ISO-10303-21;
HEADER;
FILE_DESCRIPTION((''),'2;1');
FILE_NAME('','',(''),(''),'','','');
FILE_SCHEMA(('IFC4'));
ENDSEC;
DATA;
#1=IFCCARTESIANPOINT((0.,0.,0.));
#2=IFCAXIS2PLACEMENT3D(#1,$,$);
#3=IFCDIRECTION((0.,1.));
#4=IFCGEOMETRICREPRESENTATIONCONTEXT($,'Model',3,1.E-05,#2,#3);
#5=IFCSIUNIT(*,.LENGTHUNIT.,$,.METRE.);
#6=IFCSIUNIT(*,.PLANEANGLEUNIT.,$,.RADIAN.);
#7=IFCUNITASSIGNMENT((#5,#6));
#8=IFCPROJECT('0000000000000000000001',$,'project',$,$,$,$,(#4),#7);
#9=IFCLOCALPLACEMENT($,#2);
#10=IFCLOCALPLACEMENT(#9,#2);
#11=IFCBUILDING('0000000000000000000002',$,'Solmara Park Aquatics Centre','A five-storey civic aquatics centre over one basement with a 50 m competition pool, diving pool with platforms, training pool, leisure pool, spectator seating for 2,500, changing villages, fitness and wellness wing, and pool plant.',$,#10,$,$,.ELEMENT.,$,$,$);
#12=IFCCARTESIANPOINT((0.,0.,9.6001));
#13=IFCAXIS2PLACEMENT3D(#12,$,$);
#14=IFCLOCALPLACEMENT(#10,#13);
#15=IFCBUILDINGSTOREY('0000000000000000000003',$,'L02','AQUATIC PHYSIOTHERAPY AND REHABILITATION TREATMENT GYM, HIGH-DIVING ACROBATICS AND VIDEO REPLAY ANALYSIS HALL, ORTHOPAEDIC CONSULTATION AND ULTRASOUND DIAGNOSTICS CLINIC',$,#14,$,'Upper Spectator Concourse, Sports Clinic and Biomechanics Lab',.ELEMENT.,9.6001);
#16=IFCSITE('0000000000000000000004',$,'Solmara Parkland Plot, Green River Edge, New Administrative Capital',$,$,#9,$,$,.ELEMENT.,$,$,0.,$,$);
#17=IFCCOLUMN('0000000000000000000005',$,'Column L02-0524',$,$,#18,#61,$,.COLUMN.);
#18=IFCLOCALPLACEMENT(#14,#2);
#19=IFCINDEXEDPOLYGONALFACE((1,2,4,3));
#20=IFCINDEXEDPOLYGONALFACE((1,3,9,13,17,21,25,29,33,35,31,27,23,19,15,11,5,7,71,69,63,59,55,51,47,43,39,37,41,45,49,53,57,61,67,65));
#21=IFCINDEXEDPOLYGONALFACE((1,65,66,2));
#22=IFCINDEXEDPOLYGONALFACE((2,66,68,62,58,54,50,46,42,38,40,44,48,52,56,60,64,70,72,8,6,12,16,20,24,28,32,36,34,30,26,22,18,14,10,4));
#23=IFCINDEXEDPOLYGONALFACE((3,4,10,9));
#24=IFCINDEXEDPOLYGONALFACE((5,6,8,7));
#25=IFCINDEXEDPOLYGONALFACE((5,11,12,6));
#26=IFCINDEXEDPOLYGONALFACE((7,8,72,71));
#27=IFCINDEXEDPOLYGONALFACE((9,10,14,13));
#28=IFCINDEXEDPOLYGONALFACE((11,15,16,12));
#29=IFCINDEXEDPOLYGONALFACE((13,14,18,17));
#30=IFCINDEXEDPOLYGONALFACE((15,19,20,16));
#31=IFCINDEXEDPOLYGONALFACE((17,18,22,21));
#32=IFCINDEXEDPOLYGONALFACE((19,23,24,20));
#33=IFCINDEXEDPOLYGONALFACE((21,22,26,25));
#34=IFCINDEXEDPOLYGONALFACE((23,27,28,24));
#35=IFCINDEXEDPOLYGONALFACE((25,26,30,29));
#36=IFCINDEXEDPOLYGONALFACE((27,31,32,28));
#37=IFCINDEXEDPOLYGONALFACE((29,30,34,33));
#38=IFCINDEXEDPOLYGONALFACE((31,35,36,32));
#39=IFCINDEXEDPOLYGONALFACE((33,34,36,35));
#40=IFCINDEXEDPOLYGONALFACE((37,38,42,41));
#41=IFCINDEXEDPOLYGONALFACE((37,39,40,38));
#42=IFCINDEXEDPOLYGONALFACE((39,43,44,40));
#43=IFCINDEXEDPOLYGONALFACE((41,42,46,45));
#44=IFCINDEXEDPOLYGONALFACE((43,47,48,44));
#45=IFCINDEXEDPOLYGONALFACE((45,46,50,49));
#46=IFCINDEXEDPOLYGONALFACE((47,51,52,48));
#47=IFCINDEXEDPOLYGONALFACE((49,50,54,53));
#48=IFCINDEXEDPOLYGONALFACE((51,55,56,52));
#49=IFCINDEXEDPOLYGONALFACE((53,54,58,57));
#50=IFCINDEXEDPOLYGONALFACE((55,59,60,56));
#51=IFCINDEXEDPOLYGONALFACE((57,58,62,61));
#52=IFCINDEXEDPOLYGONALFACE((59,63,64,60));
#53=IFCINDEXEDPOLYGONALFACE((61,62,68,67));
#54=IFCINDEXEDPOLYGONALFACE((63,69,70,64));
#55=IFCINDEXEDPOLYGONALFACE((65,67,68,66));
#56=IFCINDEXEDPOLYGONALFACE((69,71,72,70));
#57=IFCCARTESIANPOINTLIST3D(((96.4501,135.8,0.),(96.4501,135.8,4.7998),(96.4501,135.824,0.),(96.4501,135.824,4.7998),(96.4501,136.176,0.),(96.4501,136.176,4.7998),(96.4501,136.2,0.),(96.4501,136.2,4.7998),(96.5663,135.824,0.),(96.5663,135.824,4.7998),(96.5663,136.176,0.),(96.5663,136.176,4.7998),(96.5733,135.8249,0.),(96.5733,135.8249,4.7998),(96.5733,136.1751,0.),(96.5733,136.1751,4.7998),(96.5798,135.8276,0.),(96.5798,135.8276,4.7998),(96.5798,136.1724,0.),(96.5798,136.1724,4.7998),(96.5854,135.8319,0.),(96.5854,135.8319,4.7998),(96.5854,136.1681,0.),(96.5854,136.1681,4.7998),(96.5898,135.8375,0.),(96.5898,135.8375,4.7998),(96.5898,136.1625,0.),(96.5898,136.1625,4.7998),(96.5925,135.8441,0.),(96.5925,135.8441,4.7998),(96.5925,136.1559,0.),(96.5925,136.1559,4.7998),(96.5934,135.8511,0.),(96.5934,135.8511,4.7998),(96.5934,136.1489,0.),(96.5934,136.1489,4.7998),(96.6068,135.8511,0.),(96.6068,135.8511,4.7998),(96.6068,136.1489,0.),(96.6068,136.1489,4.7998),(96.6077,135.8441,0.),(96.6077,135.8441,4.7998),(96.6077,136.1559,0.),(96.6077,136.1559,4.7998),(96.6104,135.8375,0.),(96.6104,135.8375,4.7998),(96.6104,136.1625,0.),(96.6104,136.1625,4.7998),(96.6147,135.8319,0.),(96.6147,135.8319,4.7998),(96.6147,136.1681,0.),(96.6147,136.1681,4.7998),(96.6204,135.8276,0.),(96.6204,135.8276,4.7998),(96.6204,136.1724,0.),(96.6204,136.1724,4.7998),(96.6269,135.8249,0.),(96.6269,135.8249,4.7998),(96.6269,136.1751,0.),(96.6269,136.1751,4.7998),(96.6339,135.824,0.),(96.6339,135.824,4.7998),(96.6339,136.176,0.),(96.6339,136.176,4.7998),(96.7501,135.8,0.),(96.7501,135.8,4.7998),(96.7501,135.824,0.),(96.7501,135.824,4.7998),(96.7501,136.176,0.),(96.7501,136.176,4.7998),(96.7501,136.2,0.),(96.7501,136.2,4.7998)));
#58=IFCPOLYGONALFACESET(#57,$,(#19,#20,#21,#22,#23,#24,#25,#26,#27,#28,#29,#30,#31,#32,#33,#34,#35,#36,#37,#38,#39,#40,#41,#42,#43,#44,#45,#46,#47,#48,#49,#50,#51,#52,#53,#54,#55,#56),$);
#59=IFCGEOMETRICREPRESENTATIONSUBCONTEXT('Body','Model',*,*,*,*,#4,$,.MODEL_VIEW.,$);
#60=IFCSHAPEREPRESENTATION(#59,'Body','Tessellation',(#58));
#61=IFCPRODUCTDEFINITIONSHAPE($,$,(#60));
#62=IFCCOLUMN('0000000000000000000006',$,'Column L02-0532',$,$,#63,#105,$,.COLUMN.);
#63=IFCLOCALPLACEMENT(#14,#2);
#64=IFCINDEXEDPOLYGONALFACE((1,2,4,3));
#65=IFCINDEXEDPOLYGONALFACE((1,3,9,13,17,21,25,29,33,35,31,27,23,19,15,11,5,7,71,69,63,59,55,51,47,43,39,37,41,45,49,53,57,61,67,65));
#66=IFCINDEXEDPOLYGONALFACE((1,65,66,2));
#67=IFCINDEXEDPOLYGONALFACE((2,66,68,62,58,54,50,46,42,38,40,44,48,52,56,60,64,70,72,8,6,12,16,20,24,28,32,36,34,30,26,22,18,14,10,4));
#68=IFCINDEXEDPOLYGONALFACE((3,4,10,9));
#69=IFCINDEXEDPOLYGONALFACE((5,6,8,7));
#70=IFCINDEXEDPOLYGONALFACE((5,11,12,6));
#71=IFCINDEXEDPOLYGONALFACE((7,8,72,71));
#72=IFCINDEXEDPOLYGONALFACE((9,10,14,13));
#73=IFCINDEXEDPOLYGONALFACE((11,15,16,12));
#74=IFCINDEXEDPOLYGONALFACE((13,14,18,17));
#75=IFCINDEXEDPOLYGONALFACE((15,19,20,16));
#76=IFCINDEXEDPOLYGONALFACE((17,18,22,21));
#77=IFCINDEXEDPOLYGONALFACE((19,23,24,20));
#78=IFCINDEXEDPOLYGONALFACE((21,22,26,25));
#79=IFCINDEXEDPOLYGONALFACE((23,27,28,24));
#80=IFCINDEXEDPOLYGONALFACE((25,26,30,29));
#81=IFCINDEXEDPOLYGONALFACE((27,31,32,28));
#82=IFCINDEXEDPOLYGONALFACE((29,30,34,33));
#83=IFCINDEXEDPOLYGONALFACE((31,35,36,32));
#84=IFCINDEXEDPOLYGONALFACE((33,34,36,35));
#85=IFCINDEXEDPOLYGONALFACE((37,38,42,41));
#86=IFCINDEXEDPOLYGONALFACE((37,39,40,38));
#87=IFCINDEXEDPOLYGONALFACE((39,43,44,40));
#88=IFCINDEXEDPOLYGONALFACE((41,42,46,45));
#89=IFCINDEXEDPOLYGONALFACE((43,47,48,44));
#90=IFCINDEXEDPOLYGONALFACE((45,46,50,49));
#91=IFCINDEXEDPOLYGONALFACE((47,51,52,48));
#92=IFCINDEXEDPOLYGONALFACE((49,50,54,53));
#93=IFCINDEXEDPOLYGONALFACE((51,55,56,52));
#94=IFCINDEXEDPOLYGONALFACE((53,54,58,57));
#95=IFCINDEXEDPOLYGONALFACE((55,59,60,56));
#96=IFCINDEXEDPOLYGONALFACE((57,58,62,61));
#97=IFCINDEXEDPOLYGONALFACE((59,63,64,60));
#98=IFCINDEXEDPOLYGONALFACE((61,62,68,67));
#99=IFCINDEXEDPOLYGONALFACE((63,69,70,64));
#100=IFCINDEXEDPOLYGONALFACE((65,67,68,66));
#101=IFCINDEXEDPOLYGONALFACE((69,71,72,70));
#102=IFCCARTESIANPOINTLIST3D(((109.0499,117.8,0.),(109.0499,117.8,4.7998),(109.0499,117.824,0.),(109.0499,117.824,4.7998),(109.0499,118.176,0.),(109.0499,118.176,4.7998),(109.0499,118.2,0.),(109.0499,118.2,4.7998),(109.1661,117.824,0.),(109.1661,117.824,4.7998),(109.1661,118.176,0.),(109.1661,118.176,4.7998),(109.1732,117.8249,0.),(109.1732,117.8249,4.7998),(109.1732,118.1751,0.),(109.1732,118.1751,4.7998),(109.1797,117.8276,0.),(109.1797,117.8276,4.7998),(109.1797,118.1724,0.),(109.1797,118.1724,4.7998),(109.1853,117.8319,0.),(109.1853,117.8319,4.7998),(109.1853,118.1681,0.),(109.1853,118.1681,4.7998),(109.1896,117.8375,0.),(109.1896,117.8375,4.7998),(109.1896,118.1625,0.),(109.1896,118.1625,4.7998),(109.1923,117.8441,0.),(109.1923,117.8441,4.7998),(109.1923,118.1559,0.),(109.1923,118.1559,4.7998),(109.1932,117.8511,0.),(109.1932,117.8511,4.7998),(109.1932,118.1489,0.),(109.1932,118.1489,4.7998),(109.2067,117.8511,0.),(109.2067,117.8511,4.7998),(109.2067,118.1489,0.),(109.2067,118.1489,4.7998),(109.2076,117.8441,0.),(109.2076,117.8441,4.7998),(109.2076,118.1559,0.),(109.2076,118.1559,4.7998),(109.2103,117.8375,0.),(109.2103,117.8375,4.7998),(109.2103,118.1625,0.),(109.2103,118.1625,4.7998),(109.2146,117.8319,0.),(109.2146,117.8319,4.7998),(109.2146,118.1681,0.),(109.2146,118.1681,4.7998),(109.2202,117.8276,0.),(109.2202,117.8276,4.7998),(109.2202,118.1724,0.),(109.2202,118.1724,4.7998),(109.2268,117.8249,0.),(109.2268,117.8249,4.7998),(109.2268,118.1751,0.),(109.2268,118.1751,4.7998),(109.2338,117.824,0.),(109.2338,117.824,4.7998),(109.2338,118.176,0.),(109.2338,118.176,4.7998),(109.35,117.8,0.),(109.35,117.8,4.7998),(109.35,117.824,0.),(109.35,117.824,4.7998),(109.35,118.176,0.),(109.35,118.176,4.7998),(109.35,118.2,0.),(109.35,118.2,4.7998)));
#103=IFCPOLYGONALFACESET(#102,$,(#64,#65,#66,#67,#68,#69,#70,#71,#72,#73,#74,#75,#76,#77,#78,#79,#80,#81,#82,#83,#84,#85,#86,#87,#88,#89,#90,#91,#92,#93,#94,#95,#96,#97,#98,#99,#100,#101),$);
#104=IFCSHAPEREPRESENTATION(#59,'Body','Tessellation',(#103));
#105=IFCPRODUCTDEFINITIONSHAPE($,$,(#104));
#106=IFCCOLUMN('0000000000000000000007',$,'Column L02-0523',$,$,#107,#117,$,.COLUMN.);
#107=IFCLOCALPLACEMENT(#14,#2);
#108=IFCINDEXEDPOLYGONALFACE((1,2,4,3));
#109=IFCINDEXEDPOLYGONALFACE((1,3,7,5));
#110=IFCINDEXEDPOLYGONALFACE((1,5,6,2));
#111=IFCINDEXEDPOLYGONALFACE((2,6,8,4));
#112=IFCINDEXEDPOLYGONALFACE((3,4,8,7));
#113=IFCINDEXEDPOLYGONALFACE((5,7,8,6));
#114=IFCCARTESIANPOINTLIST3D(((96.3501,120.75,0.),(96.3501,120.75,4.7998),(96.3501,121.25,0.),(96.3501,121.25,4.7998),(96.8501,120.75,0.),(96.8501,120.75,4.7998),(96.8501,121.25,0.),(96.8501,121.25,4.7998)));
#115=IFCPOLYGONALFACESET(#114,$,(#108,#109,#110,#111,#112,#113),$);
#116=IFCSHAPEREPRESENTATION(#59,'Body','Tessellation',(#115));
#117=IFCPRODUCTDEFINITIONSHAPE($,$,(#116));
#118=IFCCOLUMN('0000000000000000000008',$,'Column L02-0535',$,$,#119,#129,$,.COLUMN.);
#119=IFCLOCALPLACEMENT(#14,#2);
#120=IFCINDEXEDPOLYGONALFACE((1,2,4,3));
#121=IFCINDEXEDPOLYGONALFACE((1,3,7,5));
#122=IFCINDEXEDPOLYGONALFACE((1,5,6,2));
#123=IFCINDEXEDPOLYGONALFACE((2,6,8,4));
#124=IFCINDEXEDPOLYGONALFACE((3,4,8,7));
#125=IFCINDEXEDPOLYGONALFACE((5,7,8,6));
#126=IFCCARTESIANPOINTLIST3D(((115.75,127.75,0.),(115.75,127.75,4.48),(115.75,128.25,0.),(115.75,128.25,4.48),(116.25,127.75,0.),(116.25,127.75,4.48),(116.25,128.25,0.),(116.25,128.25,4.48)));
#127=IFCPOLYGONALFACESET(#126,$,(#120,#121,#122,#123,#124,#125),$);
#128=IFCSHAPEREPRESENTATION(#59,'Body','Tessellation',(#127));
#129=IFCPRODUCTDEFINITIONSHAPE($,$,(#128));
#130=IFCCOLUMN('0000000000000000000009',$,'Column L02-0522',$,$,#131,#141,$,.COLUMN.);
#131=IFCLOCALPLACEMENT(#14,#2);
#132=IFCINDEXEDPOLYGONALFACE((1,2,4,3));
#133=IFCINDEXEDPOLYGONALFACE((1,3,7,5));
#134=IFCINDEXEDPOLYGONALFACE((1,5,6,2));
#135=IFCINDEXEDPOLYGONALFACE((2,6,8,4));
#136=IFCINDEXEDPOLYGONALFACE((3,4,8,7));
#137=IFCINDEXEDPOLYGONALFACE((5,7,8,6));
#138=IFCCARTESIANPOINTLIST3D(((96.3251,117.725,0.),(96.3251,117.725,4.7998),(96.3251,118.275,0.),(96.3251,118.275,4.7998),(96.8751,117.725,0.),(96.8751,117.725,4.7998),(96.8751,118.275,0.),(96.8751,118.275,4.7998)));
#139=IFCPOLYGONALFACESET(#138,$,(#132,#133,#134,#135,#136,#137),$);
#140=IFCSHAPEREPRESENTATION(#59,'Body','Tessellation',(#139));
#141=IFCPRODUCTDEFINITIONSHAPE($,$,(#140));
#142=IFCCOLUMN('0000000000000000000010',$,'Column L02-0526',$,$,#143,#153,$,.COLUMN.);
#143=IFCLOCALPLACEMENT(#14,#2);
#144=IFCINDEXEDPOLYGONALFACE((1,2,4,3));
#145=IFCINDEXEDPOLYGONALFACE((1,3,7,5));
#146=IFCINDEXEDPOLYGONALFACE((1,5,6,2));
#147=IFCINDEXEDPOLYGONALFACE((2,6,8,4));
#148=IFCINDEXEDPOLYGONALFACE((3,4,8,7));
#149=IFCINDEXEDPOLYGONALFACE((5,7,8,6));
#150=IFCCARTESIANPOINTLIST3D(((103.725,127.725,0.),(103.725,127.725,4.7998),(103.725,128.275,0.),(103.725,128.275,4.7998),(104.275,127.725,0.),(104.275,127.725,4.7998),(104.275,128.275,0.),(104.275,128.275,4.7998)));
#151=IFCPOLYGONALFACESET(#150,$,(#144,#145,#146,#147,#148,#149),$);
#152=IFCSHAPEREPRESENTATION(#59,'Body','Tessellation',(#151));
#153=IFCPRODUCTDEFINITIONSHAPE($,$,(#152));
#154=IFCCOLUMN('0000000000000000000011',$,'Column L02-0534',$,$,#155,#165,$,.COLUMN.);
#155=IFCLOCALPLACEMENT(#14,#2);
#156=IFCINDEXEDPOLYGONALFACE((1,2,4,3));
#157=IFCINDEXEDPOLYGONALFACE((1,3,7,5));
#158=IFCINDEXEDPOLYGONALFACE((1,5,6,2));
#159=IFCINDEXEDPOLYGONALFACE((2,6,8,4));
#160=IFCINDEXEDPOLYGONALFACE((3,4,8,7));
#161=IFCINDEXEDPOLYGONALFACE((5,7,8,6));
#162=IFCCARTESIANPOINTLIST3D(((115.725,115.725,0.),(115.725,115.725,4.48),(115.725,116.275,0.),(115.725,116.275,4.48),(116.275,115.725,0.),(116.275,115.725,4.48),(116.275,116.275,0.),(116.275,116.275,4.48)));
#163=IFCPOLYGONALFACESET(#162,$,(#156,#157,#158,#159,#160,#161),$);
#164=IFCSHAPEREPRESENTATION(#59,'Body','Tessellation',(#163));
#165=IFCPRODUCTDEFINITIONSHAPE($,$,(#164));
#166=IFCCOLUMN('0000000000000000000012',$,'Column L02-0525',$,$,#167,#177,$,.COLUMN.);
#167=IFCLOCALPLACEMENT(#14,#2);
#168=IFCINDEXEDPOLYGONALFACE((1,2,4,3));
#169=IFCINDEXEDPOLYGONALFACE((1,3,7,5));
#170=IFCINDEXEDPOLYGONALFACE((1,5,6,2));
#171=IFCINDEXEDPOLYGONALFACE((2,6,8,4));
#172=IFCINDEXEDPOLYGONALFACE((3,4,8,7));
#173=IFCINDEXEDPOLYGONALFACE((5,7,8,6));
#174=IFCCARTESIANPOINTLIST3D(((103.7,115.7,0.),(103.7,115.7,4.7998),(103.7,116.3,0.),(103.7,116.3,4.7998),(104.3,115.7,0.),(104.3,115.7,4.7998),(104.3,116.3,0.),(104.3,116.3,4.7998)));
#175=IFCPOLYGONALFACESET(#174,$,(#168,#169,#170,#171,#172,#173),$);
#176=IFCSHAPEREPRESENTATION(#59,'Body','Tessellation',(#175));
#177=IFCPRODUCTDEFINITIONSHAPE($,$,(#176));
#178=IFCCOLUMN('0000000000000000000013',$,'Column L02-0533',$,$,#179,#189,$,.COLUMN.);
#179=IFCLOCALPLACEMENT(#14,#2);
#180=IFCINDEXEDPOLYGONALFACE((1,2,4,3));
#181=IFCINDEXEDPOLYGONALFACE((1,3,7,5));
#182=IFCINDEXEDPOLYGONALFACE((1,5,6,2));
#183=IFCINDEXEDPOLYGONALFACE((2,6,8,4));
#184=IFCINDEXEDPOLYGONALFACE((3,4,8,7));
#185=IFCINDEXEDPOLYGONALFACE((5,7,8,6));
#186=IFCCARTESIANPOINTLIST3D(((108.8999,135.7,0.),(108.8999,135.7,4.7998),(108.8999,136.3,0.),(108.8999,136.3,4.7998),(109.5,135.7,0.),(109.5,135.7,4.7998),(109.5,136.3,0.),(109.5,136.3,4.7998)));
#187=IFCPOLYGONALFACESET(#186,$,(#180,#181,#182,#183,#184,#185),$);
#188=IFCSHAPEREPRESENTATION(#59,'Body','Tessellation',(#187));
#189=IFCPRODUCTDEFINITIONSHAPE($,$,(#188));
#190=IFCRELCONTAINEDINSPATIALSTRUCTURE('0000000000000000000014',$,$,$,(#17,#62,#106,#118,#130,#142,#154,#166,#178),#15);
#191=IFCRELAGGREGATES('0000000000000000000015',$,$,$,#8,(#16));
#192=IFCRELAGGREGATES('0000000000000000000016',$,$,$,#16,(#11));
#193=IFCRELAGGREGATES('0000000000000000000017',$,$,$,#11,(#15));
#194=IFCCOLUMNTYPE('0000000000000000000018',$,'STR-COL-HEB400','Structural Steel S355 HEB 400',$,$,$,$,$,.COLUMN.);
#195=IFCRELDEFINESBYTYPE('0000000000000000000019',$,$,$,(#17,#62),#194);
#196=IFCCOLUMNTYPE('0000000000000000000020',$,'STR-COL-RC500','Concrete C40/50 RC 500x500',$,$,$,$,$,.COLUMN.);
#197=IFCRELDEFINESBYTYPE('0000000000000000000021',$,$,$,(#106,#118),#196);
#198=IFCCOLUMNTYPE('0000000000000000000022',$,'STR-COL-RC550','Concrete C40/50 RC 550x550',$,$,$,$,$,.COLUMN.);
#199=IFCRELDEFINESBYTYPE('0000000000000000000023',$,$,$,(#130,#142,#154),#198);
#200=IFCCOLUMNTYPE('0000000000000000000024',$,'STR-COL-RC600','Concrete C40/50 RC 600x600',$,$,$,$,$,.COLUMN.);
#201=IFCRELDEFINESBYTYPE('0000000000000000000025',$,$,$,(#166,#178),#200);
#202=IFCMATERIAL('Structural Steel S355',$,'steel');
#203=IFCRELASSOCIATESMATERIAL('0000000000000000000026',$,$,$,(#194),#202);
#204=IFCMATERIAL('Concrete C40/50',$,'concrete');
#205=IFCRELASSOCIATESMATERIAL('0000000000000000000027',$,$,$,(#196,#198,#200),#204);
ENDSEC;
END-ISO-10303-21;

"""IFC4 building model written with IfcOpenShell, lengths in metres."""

from ifc_helpers import new_model, si_unit, direction, frame, origin, origin_2d, place, context, subcontext, project, spatial, rectangle, i_section, extrude, material, material_profile, profile_set, type_object, element, save


model = new_model("IFC4")

# Units and contexts
model_context = context("Model", 3, precision=1e-05, world=origin(), true_north=direction((0.0, 1.0)))
body_context = subcontext(model_context, "Body", "Model", "MODEL_VIEW")
ifc_project = project(units=[si_unit("LENGTHUNIT", "METRE"), si_unit("PLANEANGLEUNIT", "RADIAN")], contexts=[model_context])

# Site, building, storey
site_placement = place(None, origin())
site = spatial("IfcSite", under=ifc_project, at=site_placement, Name="Solmara Parkland Plot, Green River Edge, New Administrative Capital", CompositionType="ELEMENT", RefElevation=0.0)
building_placement = place(site_placement, origin())
building = spatial("IfcBuilding", under=site, at=building_placement, Name="Solmara Park Aquatics Centre", Description="A five-storey civic aquatics centre over one basement with a 50 m competition pool, diving pool with platforms, training pool, leisure pool, spectator seating for 2,500, changing villages, fitness and wellness wing, and pool plant.", CompositionType="ELEMENT")
storey_placement = place(building_placement, frame((0.0, 0.0, 9.6001)))
storey = spatial("IfcBuildingStorey", under=building, at=storey_placement, Name="L02", Description="AQUATIC PHYSIOTHERAPY AND REHABILITATION TREATMENT GYM, HIGH-DIVING ACROBATICS AND VIDEO REPLAY ANALYSIS HALL, ORTHOPAEDIC CONSULTATION AND ULTRASOUND DIAGNOSTICS CLINIC", LongName="Upper Spectator Concourse, Sports Clinic and Biomechanics Lab", CompositionType="ELEMENT", Elevation=9.6001)

# Columns
ifc_material_1 = material(Name="Structural Steel S355", Category="steel")
ifc_material_profile_1 = material_profile(ifc_material_1, i_section(OverallWidth=0.3, OverallDepth=0.3999, WebThickness=0.0134, FlangeThickness=0.0239, FilletRadius=0.0271, at=origin_2d()), Name="HEB 400")
ifc_profile_set_1 = profile_set([ifc_material_profile_1], Name="Structural Steel S355")
column_type_1 = type_object("IfcColumnType", Name="STR-COL-HEB400", Description="Structural Steel S355 HEB 400", PredefinedType="COLUMN", material=ifc_profile_set_1)
for number, where, z_axis, x_axis, name in (
    (1, (96.6001, 136.0, 0.0), (0.0, 0.0, 1.0), (1.0, 0.0, 0.0), "Column L02-0524"),
    (2, (109.2, 118.0, 0.0), (0.0, 0.0, 1.0), (1.0, 0.0, 0.0), "Column L02-0532"),
):
    element("IfcColumn", number, at=place(storey_placement, frame(where, z_axis=z_axis, x_axis=x_axis)), inside=storey, type_object=column_type_1, Name=name, PredefinedType="COLUMN", context=body_context, shape_type="SweptSolid", body=[
        extrude(i_section(OverallWidth=0.3, OverallDepth=0.3999, WebThickness=0.0134, FlangeThickness=0.0239, FilletRadius=0.0271, at=origin_2d()), origin(), (0.0, 0.0, 1.0), 4.7998),
    ])
ifc_material_2 = material(Name="Concrete C40/50", Category="concrete")
ifc_material_profile_2 = material_profile(ifc_material_2, rectangle(XDim=0.5, YDim=0.5, at=origin_2d()), Name="RC 500x500")
ifc_profile_set_2 = profile_set([ifc_material_profile_2], Name="Concrete C40/50")
column_type_2 = type_object("IfcColumnType", Name="STR-COL-RC500", Description="Concrete C40/50 RC 500x500", PredefinedType="COLUMN", material=ifc_profile_set_2)
column_1_placement = place(storey_placement, frame((96.6001, 121.0, 0.0), z_axis=(0.0, 0.0, 1.0), x_axis=(1.0, 0.0, 0.0)))
element("IfcColumn", 3, at=column_1_placement, inside=storey, type_object=column_type_2, Name="Column L02-0523", PredefinedType="COLUMN", context=body_context, shape_type="SweptSolid", body=[
    extrude(rectangle(XDim=0.5, YDim=0.5, at=origin_2d()), origin(), (0.0, 0.0, 1.0), 4.7998),
])
column_2_placement = place(storey_placement, frame((116.0, 128.0, 0.0), z_axis=(0.0, 0.0, 1.0), x_axis=(1.0, 0.0, 0.0)))
element("IfcColumn", 4, at=column_2_placement, inside=storey, type_object=column_type_2, Name="Column L02-0535", PredefinedType="COLUMN", context=body_context, shape_type="SweptSolid", body=[
    extrude(rectangle(XDim=0.5, YDim=0.5, at=origin_2d()), origin(), (0.0, 0.0, 1.0), 4.48),
])
ifc_material_profile_3 = material_profile(ifc_material_2, rectangle(XDim=0.55, YDim=0.55, at=origin_2d()), Name="RC 550x550")
ifc_profile_set_3 = profile_set([ifc_material_profile_3], Name="Concrete C40/50")
column_type_3 = type_object("IfcColumnType", Name="STR-COL-RC550", Description="Concrete C40/50 RC 550x550", PredefinedType="COLUMN", material=ifc_profile_set_3)
for number, where, z_axis, x_axis, name in (
    (5, (96.6001, 118.0, 0.0), (0.0, 0.0, 1.0), (1.0, 0.0, 0.0), "Column L02-0522"),
    (6, (104.0, 128.0, 0.0), (0.0, 0.0, 1.0), (1.0, 0.0, 0.0), "Column L02-0526"),
):
    element("IfcColumn", number, at=place(storey_placement, frame(where, z_axis=z_axis, x_axis=x_axis)), inside=storey, type_object=column_type_3, Name=name, PredefinedType="COLUMN", context=body_context, shape_type="SweptSolid", body=[
        extrude(rectangle(XDim=0.55, YDim=0.55, at=origin_2d()), origin(), (0.0, 0.0, 1.0), 4.7998),
    ])
column_3_placement = place(storey_placement, frame((116.0, 116.0, 0.0), z_axis=(0.0, 0.0, 1.0), x_axis=(1.0, 0.0, 0.0)))
element("IfcColumn", 7, at=column_3_placement, inside=storey, type_object=column_type_3, Name="Column L02-0534", PredefinedType="COLUMN", context=body_context, shape_type="SweptSolid", body=[
    extrude(rectangle(XDim=0.55, YDim=0.55, at=origin_2d()), origin(), (0.0, 0.0, 1.0), 4.48),
])
ifc_material_profile_4 = material_profile(ifc_material_2, rectangle(XDim=0.6001, YDim=0.6001, at=origin_2d()), Name="RC 600x600")
ifc_profile_set_4 = profile_set([ifc_material_profile_4], Name="Concrete C40/50")
column_type_4 = type_object("IfcColumnType", Name="STR-COL-RC600", Description="Concrete C40/50 RC 600x600", PredefinedType="COLUMN", material=ifc_profile_set_4)
for number, where, z_axis, x_axis, name in (
    (8, (104.0, 116.0, 0.0), (0.0, 0.0, 1.0), (1.0, 0.0, 0.0), "Column L02-0525"),
    (9, (109.2, 136.0, 0.0), (0.0, 0.0, 1.0), (1.0, 0.0, 0.0), "Column L02-0533"),
):
    element("IfcColumn", number, at=place(storey_placement, frame(where, z_axis=z_axis, x_axis=x_axis)), inside=storey, type_object=column_type_4, Name=name, PredefinedType="COLUMN", context=body_context, shape_type="SweptSolid", body=[
        extrude(rectangle(XDim=0.6001, YDim=0.6001, at=origin_2d()), origin(), (0.0, 0.0, 1.0), 4.7998),
    ])

save(model, "model.ifc")
